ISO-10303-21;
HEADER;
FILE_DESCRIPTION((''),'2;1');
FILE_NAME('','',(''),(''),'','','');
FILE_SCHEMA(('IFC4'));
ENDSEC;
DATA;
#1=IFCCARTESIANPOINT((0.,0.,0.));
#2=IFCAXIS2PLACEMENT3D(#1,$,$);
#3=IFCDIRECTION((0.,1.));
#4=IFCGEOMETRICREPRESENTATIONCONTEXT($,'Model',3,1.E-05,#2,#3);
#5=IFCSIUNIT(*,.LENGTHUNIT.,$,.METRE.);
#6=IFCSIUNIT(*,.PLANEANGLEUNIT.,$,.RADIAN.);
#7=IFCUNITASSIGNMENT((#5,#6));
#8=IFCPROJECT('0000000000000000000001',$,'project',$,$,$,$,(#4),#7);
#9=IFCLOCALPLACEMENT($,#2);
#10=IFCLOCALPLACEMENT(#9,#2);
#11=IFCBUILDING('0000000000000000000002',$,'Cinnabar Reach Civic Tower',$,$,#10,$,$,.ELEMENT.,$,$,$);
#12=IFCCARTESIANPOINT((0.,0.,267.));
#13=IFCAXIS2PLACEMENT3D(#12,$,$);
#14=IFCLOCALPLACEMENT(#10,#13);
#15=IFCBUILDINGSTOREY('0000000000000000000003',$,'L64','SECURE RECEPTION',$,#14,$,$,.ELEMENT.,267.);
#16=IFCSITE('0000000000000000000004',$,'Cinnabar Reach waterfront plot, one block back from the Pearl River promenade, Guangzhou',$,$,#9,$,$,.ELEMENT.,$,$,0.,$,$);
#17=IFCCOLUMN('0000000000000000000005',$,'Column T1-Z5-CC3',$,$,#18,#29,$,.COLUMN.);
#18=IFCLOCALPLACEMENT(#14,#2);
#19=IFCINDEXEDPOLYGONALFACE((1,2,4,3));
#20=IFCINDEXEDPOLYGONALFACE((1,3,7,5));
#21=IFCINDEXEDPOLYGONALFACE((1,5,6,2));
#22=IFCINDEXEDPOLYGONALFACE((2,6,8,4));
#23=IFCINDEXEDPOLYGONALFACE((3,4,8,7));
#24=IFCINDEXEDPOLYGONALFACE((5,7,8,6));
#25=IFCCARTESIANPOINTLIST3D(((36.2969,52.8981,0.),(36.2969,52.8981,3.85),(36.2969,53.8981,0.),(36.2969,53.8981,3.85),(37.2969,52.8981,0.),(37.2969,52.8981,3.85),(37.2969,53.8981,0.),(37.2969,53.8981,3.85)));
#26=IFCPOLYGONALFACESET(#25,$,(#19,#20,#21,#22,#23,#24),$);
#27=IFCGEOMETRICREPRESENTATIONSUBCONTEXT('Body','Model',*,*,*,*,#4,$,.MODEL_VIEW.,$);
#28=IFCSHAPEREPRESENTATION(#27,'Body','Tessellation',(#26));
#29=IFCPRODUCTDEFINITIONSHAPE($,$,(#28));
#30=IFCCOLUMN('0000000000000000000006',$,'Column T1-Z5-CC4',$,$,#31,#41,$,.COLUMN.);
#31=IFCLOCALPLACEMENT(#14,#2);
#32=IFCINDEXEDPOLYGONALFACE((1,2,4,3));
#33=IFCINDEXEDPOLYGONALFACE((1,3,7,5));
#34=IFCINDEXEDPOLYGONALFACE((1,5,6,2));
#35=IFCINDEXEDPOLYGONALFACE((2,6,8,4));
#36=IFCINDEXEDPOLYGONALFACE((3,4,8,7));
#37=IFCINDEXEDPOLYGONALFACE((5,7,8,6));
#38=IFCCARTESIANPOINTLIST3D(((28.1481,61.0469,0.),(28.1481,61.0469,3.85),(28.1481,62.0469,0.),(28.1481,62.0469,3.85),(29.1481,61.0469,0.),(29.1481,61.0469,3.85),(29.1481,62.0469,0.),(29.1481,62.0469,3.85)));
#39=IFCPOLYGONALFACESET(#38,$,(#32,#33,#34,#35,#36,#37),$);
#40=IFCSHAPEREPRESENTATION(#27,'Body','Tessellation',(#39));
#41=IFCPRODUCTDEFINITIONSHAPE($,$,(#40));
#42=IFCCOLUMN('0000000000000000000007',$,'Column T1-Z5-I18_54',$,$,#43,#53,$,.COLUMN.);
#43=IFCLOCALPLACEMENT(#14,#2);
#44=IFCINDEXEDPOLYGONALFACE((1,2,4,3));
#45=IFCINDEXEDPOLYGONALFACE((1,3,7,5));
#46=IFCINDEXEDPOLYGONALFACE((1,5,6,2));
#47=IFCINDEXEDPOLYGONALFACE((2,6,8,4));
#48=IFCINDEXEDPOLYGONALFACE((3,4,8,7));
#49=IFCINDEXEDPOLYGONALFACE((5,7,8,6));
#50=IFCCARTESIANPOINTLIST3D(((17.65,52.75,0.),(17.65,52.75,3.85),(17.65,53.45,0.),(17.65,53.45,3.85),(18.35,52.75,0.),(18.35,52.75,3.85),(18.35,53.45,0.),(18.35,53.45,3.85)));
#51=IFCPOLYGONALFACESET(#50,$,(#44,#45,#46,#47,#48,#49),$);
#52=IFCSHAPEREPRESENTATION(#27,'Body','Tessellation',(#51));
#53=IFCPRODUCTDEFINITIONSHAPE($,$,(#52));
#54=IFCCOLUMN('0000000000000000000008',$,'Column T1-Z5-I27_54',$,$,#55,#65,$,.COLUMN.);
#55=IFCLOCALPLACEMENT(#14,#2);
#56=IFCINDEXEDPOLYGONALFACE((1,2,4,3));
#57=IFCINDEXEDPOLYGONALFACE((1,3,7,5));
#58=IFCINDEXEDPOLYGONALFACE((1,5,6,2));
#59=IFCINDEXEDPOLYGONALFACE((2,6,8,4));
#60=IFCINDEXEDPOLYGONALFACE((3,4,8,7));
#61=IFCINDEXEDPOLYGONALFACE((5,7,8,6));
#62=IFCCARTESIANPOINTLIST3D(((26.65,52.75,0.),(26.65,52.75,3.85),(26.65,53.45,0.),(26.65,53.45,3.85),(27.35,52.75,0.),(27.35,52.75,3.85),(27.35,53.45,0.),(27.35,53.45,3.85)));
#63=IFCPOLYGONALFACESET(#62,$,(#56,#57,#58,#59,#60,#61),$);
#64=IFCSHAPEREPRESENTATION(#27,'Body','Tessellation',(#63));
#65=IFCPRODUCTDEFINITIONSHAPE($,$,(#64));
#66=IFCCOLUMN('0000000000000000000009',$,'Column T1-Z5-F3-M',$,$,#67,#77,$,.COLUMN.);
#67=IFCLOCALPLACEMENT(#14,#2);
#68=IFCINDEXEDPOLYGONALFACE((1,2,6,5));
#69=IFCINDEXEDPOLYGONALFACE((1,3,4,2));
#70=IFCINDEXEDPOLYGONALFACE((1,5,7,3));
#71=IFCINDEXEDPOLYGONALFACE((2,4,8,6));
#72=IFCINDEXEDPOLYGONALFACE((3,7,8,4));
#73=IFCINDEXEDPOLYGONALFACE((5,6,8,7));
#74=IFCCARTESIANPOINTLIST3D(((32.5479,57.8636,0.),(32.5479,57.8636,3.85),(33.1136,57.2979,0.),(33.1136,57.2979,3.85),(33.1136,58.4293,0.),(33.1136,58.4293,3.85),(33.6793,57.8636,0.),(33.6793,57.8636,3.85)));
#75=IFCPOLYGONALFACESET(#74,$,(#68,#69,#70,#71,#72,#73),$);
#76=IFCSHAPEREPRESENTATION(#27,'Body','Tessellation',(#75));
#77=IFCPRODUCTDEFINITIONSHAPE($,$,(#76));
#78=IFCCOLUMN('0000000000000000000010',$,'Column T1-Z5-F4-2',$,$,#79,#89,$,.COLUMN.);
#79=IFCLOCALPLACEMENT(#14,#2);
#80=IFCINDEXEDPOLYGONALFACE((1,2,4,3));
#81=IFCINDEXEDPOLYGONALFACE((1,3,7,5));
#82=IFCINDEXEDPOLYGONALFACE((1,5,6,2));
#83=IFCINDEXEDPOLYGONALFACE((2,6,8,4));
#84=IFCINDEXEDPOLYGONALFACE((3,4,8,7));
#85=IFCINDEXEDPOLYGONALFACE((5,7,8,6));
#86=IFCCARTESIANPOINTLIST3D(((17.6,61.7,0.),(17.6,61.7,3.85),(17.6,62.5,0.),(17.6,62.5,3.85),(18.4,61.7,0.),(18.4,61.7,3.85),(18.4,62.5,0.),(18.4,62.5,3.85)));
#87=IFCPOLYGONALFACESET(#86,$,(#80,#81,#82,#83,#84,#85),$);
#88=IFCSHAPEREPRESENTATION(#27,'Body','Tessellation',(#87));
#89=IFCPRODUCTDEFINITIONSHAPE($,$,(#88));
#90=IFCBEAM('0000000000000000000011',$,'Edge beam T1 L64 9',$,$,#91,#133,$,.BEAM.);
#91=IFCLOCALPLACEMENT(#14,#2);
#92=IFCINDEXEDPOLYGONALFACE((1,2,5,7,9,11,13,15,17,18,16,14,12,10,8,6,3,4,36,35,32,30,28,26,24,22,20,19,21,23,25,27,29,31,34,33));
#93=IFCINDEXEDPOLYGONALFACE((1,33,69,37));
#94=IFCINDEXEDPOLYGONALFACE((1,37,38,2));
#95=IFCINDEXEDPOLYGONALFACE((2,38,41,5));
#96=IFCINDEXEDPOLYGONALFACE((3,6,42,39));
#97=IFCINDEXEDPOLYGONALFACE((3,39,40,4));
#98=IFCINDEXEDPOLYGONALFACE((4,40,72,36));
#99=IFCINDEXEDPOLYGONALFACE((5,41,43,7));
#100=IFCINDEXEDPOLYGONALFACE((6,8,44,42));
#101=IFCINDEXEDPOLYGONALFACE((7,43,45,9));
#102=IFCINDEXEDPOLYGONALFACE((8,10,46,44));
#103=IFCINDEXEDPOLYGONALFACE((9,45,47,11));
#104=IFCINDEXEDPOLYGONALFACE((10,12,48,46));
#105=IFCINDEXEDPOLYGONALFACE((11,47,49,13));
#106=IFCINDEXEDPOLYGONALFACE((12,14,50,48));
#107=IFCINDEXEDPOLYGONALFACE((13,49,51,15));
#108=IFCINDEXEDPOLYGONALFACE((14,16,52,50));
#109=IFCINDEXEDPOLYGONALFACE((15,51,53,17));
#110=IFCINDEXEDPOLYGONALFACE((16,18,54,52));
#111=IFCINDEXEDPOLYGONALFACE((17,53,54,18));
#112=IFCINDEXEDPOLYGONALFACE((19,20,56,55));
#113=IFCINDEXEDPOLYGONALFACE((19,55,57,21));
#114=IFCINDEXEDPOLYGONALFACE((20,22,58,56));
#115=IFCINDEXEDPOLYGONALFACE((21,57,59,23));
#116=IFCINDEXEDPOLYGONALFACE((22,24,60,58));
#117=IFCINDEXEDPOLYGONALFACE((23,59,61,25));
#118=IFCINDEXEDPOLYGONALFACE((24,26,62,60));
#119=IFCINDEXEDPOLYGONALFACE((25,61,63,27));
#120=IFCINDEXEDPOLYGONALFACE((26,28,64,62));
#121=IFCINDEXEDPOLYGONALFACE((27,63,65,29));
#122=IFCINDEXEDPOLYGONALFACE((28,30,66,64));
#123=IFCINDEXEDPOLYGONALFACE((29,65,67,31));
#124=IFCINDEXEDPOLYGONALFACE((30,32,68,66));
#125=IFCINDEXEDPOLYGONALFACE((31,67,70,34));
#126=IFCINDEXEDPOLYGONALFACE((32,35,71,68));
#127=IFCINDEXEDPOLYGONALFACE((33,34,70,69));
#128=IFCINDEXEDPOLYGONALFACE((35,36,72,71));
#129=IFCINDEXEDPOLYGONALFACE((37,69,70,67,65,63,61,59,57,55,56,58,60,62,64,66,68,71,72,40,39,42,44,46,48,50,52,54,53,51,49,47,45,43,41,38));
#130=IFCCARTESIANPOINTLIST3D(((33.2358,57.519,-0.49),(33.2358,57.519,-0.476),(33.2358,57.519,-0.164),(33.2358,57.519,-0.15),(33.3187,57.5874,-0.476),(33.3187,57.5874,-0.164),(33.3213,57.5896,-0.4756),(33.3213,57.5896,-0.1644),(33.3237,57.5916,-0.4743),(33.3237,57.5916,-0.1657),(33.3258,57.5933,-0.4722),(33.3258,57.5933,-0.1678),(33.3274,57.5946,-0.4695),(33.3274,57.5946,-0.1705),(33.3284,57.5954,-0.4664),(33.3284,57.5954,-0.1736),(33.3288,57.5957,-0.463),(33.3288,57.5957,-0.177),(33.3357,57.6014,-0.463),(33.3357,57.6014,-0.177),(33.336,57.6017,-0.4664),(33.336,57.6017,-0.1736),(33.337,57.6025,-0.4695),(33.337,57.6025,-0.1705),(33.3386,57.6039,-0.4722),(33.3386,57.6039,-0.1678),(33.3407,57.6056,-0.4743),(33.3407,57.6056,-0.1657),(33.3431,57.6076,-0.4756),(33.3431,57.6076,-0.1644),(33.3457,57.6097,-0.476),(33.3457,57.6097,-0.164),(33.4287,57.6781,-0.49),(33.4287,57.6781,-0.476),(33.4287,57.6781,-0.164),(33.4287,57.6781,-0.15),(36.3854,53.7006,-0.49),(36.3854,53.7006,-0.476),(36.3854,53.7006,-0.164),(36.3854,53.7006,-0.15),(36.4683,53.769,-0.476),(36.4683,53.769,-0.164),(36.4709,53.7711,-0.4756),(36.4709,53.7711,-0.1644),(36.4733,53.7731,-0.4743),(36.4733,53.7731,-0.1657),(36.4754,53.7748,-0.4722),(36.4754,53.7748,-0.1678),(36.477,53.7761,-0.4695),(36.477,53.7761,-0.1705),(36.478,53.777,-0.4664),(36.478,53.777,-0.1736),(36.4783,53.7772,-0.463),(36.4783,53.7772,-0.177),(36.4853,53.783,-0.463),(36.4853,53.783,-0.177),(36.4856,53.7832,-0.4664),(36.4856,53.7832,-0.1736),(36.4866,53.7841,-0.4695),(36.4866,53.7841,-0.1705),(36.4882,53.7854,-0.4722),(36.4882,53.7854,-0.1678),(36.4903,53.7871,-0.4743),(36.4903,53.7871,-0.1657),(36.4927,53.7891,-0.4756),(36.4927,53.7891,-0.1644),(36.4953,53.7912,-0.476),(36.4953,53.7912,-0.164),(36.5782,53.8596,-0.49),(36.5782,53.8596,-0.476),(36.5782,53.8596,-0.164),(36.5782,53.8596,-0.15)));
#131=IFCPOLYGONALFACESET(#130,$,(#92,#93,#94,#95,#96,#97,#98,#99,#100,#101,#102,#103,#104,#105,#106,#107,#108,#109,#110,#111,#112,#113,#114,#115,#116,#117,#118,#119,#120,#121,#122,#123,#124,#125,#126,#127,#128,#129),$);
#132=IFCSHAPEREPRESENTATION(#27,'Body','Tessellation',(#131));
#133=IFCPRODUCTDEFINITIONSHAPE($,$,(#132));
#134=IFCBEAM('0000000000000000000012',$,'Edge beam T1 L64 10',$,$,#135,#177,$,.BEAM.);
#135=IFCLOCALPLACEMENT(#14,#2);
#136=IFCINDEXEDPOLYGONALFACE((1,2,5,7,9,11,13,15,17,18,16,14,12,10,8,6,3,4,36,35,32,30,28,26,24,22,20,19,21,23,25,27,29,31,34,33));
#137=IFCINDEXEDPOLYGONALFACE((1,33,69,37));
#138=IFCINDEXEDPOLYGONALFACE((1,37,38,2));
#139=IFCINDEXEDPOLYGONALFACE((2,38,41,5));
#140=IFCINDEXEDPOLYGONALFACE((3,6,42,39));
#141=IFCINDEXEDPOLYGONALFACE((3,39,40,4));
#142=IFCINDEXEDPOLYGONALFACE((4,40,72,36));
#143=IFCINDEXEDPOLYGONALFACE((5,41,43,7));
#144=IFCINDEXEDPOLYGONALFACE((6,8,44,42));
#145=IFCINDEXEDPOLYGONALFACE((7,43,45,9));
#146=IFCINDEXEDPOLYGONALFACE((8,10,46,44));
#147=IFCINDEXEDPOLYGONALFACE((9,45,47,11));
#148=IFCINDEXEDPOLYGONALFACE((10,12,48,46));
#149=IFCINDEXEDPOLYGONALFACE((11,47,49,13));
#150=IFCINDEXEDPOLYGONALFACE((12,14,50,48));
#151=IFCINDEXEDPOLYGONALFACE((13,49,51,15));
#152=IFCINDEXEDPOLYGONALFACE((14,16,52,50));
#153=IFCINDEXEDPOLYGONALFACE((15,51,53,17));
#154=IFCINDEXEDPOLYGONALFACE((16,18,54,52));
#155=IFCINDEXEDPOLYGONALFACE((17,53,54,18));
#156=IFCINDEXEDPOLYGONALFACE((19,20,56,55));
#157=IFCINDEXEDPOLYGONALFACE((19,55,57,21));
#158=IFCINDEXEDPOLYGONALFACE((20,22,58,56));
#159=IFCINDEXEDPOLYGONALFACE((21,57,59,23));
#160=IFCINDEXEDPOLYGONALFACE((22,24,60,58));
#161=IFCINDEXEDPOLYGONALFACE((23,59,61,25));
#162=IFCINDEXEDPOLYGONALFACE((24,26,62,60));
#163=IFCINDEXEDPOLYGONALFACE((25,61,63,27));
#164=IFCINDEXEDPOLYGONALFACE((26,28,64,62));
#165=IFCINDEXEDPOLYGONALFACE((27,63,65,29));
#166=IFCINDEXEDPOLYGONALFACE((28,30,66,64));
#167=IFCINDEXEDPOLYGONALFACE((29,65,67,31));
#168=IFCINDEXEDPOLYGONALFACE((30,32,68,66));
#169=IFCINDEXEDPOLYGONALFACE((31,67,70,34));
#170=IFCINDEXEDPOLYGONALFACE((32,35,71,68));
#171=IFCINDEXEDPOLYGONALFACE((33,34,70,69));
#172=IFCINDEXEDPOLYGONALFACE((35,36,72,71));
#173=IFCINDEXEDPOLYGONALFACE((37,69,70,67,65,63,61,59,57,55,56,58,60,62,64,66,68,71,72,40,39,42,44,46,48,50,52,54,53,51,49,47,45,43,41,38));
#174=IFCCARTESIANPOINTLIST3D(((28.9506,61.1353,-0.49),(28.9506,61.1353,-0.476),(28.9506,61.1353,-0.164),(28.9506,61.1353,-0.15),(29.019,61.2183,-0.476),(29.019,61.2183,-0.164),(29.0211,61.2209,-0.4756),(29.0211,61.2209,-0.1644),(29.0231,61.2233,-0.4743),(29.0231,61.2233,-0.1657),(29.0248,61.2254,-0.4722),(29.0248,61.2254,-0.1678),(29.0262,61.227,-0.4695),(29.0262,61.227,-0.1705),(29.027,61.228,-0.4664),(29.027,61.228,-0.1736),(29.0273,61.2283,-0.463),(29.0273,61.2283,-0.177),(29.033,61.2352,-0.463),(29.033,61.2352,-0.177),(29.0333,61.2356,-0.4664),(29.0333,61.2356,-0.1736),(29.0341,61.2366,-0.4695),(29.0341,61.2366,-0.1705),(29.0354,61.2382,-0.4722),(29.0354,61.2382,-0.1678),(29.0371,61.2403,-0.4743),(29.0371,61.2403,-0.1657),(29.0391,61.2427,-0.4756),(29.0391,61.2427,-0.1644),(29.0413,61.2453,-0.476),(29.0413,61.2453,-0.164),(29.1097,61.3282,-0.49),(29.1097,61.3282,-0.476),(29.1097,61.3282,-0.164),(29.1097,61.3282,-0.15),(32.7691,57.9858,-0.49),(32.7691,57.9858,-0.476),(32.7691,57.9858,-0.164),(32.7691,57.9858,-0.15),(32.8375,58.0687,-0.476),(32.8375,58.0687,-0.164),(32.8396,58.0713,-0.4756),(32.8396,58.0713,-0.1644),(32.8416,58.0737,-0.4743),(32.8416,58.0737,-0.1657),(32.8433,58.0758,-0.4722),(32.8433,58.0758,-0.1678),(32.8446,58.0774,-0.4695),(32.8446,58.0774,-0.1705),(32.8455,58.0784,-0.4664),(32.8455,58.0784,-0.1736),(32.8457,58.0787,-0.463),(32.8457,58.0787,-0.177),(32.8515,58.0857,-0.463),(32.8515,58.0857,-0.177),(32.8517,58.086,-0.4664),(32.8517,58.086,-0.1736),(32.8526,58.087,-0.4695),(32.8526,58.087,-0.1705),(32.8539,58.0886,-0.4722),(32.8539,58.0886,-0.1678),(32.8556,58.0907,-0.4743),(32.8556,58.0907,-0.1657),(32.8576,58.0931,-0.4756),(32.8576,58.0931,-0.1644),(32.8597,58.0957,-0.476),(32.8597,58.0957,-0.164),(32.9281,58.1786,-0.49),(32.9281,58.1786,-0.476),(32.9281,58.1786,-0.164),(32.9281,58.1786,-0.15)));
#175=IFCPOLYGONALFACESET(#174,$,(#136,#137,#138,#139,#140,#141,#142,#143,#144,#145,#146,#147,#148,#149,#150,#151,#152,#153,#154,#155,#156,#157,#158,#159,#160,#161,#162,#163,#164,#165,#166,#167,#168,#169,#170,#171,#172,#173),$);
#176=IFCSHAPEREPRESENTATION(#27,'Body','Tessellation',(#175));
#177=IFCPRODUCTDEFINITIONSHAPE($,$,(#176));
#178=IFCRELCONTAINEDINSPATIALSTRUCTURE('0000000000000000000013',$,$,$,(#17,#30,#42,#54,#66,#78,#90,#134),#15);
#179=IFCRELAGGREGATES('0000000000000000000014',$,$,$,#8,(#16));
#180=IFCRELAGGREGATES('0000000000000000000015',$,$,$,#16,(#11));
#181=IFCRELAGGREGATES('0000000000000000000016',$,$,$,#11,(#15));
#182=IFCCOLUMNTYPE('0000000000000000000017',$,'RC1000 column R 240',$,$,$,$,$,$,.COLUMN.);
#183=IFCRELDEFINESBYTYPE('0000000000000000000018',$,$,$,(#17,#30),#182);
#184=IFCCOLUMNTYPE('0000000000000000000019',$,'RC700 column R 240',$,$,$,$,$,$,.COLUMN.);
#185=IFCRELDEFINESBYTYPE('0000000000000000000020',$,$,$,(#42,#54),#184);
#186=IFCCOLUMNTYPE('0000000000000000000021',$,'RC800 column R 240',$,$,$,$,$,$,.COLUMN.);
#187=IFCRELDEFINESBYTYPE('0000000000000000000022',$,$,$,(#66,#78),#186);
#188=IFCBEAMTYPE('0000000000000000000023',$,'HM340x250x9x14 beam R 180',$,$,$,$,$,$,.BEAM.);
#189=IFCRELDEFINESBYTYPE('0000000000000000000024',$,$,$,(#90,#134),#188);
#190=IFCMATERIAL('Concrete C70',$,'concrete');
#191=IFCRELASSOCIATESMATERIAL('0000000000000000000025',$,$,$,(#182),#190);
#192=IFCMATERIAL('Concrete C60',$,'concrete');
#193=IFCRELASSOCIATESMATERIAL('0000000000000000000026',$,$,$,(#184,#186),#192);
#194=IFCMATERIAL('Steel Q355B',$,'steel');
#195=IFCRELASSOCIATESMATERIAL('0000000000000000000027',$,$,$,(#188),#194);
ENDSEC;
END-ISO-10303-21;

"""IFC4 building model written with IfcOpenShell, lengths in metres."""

from ifc_helpers import new_model, si_unit, direction, frame, origin, origin_2d, place, context, subcontext, project, spatial, rectangle, i_section, extrude, material, material_profile, profile_set, type_object, element, save


model = new_model("IFC4")

# Units and contexts
model_context = context("Model", 3, precision=1e-05, world=origin(), true_north=direction((0.0, 1.0)))
body_context = subcontext(model_context, "Body", "Model", "MODEL_VIEW")
ifc_project = project(units=[si_unit("LENGTHUNIT", "METRE"), si_unit("PLANEANGLEUNIT", "RADIAN")], contexts=[model_context])

# Site, building, storey
site_placement = place(None, origin())
site = spatial("IfcSite", under=ifc_project, at=site_placement, Name="Cinnabar Reach waterfront plot, one block back from the Pearl River promenade, Guangzhou", CompositionType="ELEMENT", RefElevation=0.0)
building_placement = place(site_placement, origin())
building = spatial("IfcBuilding", under=site, at=building_placement, Name="Cinnabar Reach Civic Tower", CompositionType="ELEMENT")
storey_placement = place(building_placement, frame((0.0, 0.0, 267.0)))
storey = spatial("IfcBuildingStorey", under=building, at=storey_placement, Name="L64", Description="SECURE RECEPTION", CompositionType="ELEMENT", Elevation=267.0)

# Columns
ifc_material_1 = material(Name="Concrete C70", Category="concrete")
ifc_material_profile_1 = material_profile(ifc_material_1, rectangle(XDim=1.0, YDim=1.0, at=origin_2d()), Name="RC1000")
ifc_profile_set_1 = profile_set([ifc_material_profile_1], Name="Concrete C70")
column_type_1 = type_object("IfcColumnType", Name="RC1000 column R 240", PredefinedType="COLUMN", material=ifc_profile_set_1)
for number, where, z_axis, x_axis, name in (
    (1, (36.7969, 53.3981, 0.0), (0.0, 0.0, 1.0), (1.0, 0.0, 0.0), "Column T1-Z5-CC3"),
    (2, (28.6481, 61.5469, 0.0), (0.0, 0.0, 1.0), (1.0, 0.0, 0.0), "Column T1-Z5-CC4"),
):
    element("IfcColumn", number, at=place(storey_placement, frame(where, z_axis=z_axis, x_axis=x_axis)), inside=storey, type_object=column_type_1, Name=name, PredefinedType="COLUMN", context=body_context, shape_type="SweptSolid", body=[
        extrude(rectangle(XDim=1.0, YDim=1.0, at=origin_2d()), origin(), (0.0, 0.0, 1.0), 3.85),
    ])
ifc_material_2 = material(Name="Concrete C60", Category="concrete")
ifc_material_profile_2 = material_profile(ifc_material_2, rectangle(XDim=0.7, YDim=0.7, at=origin_2d()), Name="RC700")
ifc_profile_set_2 = profile_set([ifc_material_profile_2], Name="Concrete C60")
column_type_2 = type_object("IfcColumnType", Name="RC700 column R 240", PredefinedType="COLUMN", material=ifc_profile_set_2)
for number, where, z_axis, x_axis, name in (
    (3, (18.0, 53.1, 0.0), (0.0, 0.0, 1.0), (1.0, 0.0, 0.0), "Column T1-Z5-I18_54"),
    (4, (27.0, 53.1, 0.0), (0.0, 0.0, 1.0), (1.0, 0.0, 0.0), "Column T1-Z5-I27_54"),
):
    element("IfcColumn", number, at=place(storey_placement, frame(where, z_axis=z_axis, x_axis=x_axis)), inside=storey, type_object=column_type_2, Name=name, PredefinedType="COLUMN", context=body_context, shape_type="SweptSolid", body=[
        extrude(rectangle(XDim=0.7, YDim=0.7, at=origin_2d()), origin(), (0.0, 0.0, 1.0), 3.85),
    ])
ifc_material_profile_3 = material_profile(ifc_material_2, rectangle(XDim=0.8, YDim=0.8, at=origin_2d()), Name="RC800")
ifc_profile_set_3 = profile_set([ifc_material_profile_3], Name="Concrete C60")
column_type_3 = type_object("IfcColumnType", Name="RC800 column R 240", PredefinedType="COLUMN", material=ifc_profile_set_3)
for number, where, z_axis, x_axis, name in (
    (5, (33.1136, 57.8636, 0.0), (0.0, 0.0, 1.0), (0.707107, 0.707107, 0.0), "Column T1-Z5-F3-M"),
    (6, (18.0, 62.1, 0.0), (0.0, 0.0, 1.0), (1.0, 0.0, 0.0), "Column T1-Z5-F4-2"),
):
    element("IfcColumn", number, at=place(storey_placement, frame(where, z_axis=z_axis, x_axis=x_axis)), inside=storey, type_object=column_type_3, Name=name, PredefinedType="COLUMN", context=body_context, shape_type="SweptSolid", body=[
        extrude(rectangle(XDim=0.8, YDim=0.8, at=origin_2d()), origin(), (0.0, 0.0, 1.0), 3.85),
    ])

# Beams
ifc_material_3 = material(Name="Steel Q355B", Category="steel")
ifc_material_profile_4 = material_profile(ifc_material_3, i_section(OverallWidth=0.25, OverallDepth=0.34, WebThickness=0.009, FlangeThickness=0.014, FilletRadius=0.013, at=origin_2d()), Name="HM340x250x9x14")
ifc_profile_set_4 = profile_set([ifc_material_profile_4], Name="Steel Q355B")
beam_type_1 = type_object("IfcBeamType", Name="HM340x250x9x14 beam R 180", PredefinedType="BEAM", material=ifc_profile_set_4)
for number, where, z_axis, x_axis, name in (
    (7, (36.4818, 53.7801, -0.32), (-0.636303, 0.771439, 0.0), (-0.771439, -0.636303, 0.0), "Edge beam T1 L64 9"),
    (8, (32.8486, 58.0822, -0.32), (-0.771439, 0.636303, 0.0), (-0.636303, -0.771439, 0.0), "Edge beam T1 L64 10"),
):
    element("IfcBeam", number, at=place(storey_placement, frame(where, z_axis=z_axis, x_axis=x_axis)), inside=storey, type_object=beam_type_1, Name=name, PredefinedType="BEAM", context=body_context, shape_type="SweptSolid", body=[
        extrude(i_section(OverallWidth=0.25, OverallDepth=0.34, WebThickness=0.009, FlangeThickness=0.014, FilletRadius=0.013, at=origin_2d()), origin(), (0.0, 0.0, 1.0), 4.9498),
    ])

save(model, "model.ifc")
